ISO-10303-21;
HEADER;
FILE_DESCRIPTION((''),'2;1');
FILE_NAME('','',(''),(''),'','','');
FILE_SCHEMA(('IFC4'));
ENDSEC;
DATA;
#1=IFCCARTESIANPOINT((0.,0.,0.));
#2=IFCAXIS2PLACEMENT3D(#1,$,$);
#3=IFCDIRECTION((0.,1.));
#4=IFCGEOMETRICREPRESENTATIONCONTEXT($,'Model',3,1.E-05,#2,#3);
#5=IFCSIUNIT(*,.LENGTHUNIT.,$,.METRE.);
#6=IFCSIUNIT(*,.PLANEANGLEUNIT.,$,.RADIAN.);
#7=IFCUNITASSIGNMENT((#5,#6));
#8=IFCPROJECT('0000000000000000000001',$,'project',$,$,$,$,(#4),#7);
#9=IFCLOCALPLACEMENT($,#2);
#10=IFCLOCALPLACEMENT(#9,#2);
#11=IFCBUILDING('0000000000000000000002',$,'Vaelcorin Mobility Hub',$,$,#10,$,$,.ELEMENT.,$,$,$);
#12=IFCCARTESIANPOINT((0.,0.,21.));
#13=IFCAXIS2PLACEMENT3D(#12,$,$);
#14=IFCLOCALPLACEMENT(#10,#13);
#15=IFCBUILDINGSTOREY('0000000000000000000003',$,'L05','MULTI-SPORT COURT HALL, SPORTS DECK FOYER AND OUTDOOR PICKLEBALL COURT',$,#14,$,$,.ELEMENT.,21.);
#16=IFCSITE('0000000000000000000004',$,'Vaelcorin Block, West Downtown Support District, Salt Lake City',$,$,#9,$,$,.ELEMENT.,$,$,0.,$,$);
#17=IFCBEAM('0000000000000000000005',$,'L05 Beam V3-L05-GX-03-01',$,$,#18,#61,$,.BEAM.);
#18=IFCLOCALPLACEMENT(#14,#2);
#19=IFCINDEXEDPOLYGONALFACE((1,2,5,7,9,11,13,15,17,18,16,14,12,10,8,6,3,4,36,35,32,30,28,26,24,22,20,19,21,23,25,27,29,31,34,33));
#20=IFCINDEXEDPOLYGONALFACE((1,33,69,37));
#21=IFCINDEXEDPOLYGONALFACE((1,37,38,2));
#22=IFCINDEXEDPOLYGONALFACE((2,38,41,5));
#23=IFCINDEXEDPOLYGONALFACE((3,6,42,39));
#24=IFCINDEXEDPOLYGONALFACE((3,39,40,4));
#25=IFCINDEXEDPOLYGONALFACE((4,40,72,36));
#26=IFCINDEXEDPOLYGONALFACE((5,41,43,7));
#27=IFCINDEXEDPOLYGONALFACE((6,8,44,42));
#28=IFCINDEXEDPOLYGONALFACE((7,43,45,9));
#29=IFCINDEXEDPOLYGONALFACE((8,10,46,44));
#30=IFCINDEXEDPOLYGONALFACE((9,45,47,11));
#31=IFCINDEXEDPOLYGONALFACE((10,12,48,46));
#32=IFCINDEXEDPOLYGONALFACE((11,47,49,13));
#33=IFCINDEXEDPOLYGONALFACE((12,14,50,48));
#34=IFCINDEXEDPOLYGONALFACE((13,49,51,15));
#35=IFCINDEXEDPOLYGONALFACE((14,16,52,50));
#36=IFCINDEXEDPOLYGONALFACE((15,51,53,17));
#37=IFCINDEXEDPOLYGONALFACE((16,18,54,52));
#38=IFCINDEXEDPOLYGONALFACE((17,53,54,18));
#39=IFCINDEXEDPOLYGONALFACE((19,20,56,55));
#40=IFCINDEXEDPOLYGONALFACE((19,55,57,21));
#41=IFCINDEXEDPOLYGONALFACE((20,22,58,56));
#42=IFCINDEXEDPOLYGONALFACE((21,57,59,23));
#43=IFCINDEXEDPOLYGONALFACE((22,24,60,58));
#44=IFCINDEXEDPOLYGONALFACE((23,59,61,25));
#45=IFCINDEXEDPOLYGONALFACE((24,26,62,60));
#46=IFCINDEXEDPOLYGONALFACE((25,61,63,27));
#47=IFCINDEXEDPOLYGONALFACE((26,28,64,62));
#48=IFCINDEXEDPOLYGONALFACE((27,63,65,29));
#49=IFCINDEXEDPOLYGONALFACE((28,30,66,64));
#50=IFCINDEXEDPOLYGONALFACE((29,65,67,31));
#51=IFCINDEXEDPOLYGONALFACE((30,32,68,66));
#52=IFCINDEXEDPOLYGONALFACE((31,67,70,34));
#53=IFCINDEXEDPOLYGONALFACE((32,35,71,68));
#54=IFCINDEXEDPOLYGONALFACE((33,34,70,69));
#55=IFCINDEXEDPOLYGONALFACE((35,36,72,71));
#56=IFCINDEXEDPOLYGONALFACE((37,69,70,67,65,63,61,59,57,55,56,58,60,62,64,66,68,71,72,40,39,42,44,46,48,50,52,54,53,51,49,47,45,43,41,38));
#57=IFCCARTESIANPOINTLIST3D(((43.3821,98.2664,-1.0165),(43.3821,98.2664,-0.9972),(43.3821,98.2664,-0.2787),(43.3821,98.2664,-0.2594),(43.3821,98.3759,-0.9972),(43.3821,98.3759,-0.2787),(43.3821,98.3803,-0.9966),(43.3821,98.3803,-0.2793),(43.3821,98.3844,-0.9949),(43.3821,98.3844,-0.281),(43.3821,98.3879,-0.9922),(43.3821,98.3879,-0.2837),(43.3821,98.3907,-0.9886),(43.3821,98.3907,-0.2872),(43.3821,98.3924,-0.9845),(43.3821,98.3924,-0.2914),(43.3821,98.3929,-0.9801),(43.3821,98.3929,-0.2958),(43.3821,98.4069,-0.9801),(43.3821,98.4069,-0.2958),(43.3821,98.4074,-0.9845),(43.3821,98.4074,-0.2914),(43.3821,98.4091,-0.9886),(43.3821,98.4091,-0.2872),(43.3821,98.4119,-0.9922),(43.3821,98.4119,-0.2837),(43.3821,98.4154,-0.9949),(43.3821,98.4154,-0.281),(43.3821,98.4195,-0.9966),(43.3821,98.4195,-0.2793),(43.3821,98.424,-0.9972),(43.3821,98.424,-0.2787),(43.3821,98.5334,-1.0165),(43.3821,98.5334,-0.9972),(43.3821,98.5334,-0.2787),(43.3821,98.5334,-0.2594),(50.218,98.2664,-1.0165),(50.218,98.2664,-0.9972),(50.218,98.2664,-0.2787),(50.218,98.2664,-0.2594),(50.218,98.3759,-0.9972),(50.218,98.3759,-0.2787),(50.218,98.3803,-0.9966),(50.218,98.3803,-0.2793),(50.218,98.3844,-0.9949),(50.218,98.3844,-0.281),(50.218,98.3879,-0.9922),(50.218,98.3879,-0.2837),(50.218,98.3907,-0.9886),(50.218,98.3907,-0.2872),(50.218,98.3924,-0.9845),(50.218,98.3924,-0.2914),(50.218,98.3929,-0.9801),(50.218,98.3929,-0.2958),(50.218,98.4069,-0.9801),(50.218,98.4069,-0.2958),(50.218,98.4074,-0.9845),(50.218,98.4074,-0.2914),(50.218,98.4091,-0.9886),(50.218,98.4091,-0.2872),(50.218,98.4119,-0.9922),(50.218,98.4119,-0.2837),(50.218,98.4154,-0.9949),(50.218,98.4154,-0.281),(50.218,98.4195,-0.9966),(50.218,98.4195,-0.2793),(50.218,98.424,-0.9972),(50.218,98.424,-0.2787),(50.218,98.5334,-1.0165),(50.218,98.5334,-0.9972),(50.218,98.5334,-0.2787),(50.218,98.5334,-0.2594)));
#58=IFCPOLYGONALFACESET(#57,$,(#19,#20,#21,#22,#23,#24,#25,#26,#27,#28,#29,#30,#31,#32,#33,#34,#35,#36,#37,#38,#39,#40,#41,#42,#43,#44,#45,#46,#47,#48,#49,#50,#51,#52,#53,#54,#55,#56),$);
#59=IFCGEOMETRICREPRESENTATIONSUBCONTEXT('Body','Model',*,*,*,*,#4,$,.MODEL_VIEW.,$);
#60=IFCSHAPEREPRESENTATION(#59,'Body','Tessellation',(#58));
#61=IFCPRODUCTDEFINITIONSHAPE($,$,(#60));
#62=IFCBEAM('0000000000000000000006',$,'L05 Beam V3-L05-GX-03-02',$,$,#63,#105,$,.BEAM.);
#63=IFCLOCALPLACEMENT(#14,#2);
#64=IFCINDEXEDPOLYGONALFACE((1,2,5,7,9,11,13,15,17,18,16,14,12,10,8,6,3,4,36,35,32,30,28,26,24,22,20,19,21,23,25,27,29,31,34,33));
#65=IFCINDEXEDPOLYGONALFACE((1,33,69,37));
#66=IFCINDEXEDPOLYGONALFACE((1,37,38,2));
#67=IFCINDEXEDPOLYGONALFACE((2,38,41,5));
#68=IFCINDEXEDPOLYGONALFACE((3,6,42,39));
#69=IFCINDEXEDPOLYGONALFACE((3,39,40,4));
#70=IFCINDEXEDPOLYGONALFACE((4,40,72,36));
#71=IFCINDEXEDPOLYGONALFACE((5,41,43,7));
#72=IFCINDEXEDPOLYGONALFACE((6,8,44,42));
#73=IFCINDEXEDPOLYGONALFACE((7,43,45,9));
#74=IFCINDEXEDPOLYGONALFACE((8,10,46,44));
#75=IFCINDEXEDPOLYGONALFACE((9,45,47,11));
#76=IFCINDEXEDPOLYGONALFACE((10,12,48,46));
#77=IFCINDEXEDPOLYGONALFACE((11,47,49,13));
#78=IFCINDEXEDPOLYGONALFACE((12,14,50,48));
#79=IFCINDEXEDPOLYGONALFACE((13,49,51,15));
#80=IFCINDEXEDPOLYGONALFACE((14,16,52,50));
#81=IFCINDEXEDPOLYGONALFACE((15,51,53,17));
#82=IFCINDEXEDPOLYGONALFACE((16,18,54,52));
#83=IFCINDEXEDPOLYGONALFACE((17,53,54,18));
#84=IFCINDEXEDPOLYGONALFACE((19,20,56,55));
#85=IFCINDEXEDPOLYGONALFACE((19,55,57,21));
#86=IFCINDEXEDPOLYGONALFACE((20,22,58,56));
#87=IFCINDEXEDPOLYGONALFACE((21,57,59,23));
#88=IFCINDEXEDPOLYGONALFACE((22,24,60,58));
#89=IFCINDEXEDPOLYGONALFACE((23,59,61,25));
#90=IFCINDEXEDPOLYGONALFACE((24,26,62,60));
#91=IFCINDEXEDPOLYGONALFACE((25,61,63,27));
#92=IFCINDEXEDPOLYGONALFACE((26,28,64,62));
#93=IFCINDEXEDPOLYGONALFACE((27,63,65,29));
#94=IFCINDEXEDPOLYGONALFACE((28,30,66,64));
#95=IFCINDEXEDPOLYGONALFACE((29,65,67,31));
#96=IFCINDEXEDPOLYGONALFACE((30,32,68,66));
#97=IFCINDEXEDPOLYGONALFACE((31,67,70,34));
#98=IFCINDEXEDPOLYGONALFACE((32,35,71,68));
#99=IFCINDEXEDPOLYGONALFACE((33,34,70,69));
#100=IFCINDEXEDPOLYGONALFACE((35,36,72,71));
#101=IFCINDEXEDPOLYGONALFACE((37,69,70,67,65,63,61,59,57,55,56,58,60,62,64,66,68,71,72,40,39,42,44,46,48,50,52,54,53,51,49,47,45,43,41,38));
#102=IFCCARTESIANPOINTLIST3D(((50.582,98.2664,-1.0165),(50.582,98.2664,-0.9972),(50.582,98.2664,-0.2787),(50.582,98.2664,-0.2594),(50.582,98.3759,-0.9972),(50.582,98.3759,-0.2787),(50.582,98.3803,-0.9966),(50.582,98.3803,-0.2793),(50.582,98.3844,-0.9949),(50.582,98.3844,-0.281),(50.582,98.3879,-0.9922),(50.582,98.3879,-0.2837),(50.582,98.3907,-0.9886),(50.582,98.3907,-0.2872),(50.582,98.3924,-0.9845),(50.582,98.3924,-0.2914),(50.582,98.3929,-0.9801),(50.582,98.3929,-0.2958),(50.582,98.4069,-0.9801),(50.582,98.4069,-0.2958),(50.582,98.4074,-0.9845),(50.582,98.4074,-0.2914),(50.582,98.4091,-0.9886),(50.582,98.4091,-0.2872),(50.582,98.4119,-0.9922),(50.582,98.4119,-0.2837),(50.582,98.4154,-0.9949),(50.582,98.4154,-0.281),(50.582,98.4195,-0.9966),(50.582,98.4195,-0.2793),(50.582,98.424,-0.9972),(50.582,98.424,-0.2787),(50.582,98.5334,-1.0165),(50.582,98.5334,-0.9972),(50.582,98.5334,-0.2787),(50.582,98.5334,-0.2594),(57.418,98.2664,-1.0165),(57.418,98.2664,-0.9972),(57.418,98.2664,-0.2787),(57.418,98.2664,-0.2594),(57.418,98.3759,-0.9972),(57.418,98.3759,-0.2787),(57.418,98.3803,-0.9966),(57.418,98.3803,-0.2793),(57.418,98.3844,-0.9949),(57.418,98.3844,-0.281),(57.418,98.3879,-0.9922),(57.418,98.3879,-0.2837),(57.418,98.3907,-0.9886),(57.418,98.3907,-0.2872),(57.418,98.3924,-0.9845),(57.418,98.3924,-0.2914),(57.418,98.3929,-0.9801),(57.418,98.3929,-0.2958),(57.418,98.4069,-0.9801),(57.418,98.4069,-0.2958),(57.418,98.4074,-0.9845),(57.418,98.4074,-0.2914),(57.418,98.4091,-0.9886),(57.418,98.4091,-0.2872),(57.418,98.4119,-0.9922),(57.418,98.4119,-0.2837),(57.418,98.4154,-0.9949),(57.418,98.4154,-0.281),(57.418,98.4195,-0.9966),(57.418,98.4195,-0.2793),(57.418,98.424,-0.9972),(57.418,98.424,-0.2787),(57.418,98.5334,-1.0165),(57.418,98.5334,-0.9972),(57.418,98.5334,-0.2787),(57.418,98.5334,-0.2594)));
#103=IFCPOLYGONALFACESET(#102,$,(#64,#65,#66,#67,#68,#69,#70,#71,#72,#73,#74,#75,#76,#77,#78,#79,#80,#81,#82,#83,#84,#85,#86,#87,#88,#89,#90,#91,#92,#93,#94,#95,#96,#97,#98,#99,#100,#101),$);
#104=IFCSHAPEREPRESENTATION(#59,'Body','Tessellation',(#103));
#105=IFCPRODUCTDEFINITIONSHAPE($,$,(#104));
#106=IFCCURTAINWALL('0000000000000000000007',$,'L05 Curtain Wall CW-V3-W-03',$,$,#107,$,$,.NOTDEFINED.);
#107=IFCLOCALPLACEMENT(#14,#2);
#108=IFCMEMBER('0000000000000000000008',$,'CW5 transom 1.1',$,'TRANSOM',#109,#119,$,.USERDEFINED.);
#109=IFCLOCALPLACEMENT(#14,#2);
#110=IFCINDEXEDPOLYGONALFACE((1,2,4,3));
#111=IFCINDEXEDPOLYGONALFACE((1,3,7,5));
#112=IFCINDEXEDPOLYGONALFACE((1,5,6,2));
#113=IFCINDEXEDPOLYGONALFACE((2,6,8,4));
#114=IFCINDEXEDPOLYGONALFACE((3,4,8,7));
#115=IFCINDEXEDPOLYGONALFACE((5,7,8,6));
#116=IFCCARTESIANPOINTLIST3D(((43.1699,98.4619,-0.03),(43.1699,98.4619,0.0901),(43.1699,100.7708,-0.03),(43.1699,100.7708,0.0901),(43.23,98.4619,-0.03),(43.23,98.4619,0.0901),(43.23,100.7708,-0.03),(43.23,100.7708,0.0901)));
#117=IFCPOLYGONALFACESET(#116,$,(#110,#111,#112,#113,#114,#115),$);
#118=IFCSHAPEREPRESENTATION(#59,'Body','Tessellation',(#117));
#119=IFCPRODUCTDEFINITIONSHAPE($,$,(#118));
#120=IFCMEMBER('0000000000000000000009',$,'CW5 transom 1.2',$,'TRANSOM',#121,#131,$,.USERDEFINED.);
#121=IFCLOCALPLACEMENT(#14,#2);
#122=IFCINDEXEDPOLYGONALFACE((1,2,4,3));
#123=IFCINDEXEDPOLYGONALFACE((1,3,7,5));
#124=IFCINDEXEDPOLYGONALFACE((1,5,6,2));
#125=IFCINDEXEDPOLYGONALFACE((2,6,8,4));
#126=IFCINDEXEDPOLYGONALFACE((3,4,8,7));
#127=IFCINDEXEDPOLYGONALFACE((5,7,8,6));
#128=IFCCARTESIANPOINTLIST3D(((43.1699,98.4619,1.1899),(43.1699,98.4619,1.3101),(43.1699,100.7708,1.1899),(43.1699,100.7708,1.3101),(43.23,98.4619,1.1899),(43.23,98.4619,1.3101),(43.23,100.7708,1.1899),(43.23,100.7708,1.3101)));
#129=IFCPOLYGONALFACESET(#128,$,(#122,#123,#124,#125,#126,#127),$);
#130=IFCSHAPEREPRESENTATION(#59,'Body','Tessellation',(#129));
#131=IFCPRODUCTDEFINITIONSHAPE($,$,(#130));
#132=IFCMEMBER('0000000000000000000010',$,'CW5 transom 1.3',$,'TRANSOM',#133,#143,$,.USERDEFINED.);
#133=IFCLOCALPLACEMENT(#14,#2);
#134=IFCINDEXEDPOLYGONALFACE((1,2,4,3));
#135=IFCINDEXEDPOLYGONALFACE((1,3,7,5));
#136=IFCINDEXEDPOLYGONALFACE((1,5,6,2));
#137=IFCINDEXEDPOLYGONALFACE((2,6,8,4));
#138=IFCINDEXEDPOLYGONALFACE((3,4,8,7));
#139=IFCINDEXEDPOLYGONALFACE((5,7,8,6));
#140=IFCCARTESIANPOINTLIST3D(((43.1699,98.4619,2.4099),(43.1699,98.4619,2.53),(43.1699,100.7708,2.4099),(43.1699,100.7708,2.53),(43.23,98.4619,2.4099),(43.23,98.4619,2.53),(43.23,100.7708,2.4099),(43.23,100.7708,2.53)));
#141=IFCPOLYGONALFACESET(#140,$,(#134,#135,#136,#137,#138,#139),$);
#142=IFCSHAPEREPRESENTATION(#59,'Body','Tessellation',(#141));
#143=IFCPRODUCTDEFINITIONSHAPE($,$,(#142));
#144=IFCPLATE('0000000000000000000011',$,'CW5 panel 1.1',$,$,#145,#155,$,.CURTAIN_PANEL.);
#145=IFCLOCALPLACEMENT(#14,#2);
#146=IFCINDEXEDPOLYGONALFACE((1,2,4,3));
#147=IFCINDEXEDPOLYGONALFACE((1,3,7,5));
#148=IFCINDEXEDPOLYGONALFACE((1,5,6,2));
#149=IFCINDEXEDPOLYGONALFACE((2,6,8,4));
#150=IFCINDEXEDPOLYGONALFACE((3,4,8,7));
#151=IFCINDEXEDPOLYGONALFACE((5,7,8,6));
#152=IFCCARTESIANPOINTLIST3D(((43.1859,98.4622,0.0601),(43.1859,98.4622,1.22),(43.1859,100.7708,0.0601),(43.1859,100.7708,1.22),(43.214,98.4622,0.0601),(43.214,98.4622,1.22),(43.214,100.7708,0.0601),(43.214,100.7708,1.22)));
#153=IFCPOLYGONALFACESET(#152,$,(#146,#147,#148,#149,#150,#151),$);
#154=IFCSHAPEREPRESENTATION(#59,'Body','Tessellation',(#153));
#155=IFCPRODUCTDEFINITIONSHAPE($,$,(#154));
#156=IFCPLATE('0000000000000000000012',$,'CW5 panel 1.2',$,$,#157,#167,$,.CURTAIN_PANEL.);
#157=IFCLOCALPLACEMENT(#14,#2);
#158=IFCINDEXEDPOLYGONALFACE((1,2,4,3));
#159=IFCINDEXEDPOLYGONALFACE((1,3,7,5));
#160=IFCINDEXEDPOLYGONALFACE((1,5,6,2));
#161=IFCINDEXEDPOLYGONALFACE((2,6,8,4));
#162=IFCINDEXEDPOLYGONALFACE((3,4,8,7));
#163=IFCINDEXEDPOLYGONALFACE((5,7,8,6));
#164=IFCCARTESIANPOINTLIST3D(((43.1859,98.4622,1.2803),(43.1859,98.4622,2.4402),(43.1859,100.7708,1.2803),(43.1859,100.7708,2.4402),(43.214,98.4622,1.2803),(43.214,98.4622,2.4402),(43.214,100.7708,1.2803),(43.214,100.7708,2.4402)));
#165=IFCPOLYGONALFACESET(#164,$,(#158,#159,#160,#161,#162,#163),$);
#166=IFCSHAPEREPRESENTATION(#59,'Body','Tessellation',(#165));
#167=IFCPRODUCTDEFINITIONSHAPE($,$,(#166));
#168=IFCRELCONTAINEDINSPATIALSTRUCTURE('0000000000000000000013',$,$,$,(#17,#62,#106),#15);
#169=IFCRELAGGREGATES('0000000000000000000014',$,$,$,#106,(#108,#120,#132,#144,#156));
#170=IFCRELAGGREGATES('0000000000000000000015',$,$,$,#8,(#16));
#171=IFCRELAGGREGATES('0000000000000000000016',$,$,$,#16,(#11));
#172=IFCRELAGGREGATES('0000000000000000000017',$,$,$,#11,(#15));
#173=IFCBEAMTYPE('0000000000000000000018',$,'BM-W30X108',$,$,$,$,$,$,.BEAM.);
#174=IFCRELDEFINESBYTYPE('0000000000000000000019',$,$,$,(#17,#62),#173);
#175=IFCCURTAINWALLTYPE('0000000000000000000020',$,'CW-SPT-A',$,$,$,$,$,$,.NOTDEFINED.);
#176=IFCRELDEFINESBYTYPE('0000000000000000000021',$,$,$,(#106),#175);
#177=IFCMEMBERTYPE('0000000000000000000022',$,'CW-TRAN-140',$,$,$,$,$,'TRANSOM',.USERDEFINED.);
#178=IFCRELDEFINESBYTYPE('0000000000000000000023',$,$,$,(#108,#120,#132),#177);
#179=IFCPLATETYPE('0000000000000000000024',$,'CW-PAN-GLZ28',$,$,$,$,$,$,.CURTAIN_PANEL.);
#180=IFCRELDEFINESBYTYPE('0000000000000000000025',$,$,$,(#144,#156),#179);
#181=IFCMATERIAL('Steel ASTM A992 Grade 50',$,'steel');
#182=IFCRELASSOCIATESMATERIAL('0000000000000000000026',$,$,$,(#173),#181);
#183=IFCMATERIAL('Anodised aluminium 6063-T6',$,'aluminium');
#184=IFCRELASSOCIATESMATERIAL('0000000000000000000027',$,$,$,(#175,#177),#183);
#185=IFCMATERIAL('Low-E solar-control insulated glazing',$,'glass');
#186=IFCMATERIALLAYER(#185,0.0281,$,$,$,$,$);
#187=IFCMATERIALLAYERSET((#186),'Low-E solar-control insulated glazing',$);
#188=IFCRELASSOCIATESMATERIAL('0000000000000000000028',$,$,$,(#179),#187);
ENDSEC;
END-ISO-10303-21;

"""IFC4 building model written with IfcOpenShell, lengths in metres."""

from ifc_helpers import new_model, si_unit, direction, frame, origin, origin_2d, place, context, subcontext, project, spatial, rectangle, i_section, extrude, material, layer, layer_set, material_profile, profile_set, type_object, element, aggregate, save


model = new_model("IFC4")

# Units and contexts
model_context = context("Model", 3, precision=1e-05, world=origin(), true_north=direction((0.0, 1.0)))
body_context = subcontext(model_context, "Body", "Model", "MODEL_VIEW")
ifc_project = project(units=[si_unit("LENGTHUNIT", "METRE"), si_unit("PLANEANGLEUNIT", "RADIAN")], contexts=[model_context])

# Site, building, storey
site_placement = place(None, origin())
site = spatial("IfcSite", under=ifc_project, at=site_placement, Name="Vaelcorin Block, West Downtown Support District, Salt Lake City", CompositionType="ELEMENT", RefElevation=0.0)
building_placement = place(site_placement, origin())
building = spatial("IfcBuilding", under=site, at=building_placement, Name="Vaelcorin Mobility Hub", CompositionType="ELEMENT")
storey_placement = place(building_placement, frame((0.0, 0.0, 21.0)))
storey = spatial("IfcBuildingStorey", under=building, at=storey_placement, Name="L05", Description="MULTI-SPORT COURT HALL, SPORTS DECK FOYER AND OUTDOOR PICKLEBALL COURT", CompositionType="ELEMENT", Elevation=21.0)

# Beams
ifc_material_1 = material(Name="Steel ASTM A992 Grade 50", Category="steel")
ifc_material_profile_1 = material_profile(ifc_material_1, i_section(OverallWidth=0.2671, OverallDepth=0.7571, WebThickness=0.0139, FlangeThickness=0.0193, FilletRadius=0.0171, at=origin_2d()), Name="W30X108")
ifc_profile_set_1 = profile_set([ifc_material_profile_1], Name="Steel ASTM A992 Grade 50")
beam_type_1 = type_object("IfcBeamType", Name="BM-W30X108", PredefinedType="BEAM", material=ifc_profile_set_1)
for number, where, z_axis, x_axis, name in (
    (1, (43.3821, 98.3999, -0.6379), (1.0, 0.0, 0.0), (0.0, 1.0, 0.0), "L05 Beam V3-L05-GX-03-01"),
    (2, (50.582, 98.3999, -0.6379), (1.0, 0.0, 0.0), (0.0, 1.0, 0.0), "L05 Beam V3-L05-GX-03-02"),
):
    element("IfcBeam", number, at=place(storey_placement, frame(where, z_axis=z_axis, x_axis=x_axis)), inside=storey, type_object=beam_type_1, Name=name, PredefinedType="BEAM", context=body_context, shape_type="SweptSolid", body=[
        extrude(i_section(OverallWidth=0.2671, OverallDepth=0.7571, WebThickness=0.0139, FlangeThickness=0.0193, FilletRadius=0.0171, at=origin_2d()), origin(), (0.0, 0.0, 1.0), 6.8359),
    ])

# Curtain wall, members, plates
ifc_material_2 = material(Name="Anodised aluminium 6063-T6", Category="aluminium")
curtain_wall_type = type_object("IfcCurtainWallType", Name="CW-SPT-A", PredefinedType="NOTDEFINED", material=ifc_material_2)
curtain_wall_placement = place(storey_placement, origin())
curtain_wall = element("IfcCurtainWall", 3, at=curtain_wall_placement, inside=storey, type_object=curtain_wall_type, Name="L05 Curtain Wall CW-V3-W-03", PredefinedType="NOTDEFINED")
ifc_material_profile_2 = material_profile(ifc_material_2, rectangle(XDim=0.0601, YDim=0.1201, at=origin_2d()), Name="ALU-T60X120")
ifc_profile_set_2 = profile_set([ifc_material_profile_2], Name="Anodised aluminium 6063-T6")
member_type = type_object("IfcMemberType", Name="CW-TRAN-140", ElementType="TRANSOM", PredefinedType="USERDEFINED", material=ifc_profile_set_2)
member_1_placement = place(storey_placement, frame((43.2, 98.4619, 0.03), z_axis=(0.0, 1.0, 0.0), x_axis=(-1.0, 0.0, 0.0)))
member_1 = element("IfcMember", 4, at=member_1_placement, type_object=member_type, Name="CW5 transom 1.1", ObjectType="TRANSOM", PredefinedType="USERDEFINED", context=body_context, shape_type="SweptSolid", body=[
    extrude(rectangle(XDim=0.0601, YDim=0.1201, at=origin_2d()), origin(), (0.0, 0.0, 1.0), 2.3088),
])
member_2_placement = place(storey_placement, frame((43.2, 98.4619, 1.25), z_axis=(0.0, 1.0, 0.0), x_axis=(-1.0, 0.0, 0.0)))
member_2 = element("IfcMember", 5, at=member_2_placement, type_object=member_type, Name="CW5 transom 1.2", ObjectType="TRANSOM", PredefinedType="USERDEFINED", context=body_context, shape_type="SweptSolid", body=[
    extrude(rectangle(XDim=0.0601, YDim=0.1201, at=origin_2d()), origin(), (0.0, 0.0, 1.0), 2.3088),
])
member_3_placement = place(storey_placement, frame((43.2, 98.4619, 2.47), z_axis=(0.0, 1.0, 0.0), x_axis=(-1.0, 0.0, 0.0)))
member_3 = element("IfcMember", 6, at=member_3_placement, type_object=member_type, Name="CW5 transom 1.3", ObjectType="TRANSOM", PredefinedType="USERDEFINED", context=body_context, shape_type="SweptSolid", body=[
    extrude(rectangle(XDim=0.0601, YDim=0.1201, at=origin_2d()), origin(), (0.0, 0.0, 1.0), 2.3088),
])
ifc_material_3 = material(Name="Low-E solar-control insulated glazing", Category="glass")
ifc_layer_1 = layer(ifc_material_3, 0.0281)
ifc_layer_set_1 = layer_set([ifc_layer_1], Name="Low-E solar-control insulated glazing")
plate_type = type_object("IfcPlateType", Name="CW-PAN-GLZ28", PredefinedType="CURTAIN_PANEL", material=ifc_layer_set_1)
plate_1_placement = place(storey_placement, frame((43.2, 99.6165, 0.0601), z_axis=(0.0, 0.0, 1.0), x_axis=(0.0, 1.0, 0.0)))
plate_1 = element("IfcPlate", 7, at=plate_1_placement, type_object=plate_type, Name="CW5 panel 1.1", PredefinedType="CURTAIN_PANEL", context=body_context, shape_type="SweptSolid", body=[
    extrude(rectangle(XDim=2.3086, YDim=0.0281, at=origin_2d()), origin(), (0.0, 0.0, 1.0), 1.1599),
])
plate_2_placement = place(storey_placement, frame((43.2, 99.6165, 1.2803), z_axis=(0.0, 0.0, 1.0), x_axis=(0.0, 1.0, 0.0)))
plate_2 = element("IfcPlate", 8, at=plate_2_placement, type_object=plate_type, Name="CW5 panel 1.2", PredefinedType="CURTAIN_PANEL", context=body_context, shape_type="SweptSolid", body=[
    extrude(rectangle(XDim=2.3086, YDim=0.0281, at=origin_2d()), origin(), (0.0, 0.0, 1.0), 1.1599),
])
aggregate(curtain_wall, [member_1, member_2, member_3, plate_1, plate_2])

save(model, "model.ifc")
